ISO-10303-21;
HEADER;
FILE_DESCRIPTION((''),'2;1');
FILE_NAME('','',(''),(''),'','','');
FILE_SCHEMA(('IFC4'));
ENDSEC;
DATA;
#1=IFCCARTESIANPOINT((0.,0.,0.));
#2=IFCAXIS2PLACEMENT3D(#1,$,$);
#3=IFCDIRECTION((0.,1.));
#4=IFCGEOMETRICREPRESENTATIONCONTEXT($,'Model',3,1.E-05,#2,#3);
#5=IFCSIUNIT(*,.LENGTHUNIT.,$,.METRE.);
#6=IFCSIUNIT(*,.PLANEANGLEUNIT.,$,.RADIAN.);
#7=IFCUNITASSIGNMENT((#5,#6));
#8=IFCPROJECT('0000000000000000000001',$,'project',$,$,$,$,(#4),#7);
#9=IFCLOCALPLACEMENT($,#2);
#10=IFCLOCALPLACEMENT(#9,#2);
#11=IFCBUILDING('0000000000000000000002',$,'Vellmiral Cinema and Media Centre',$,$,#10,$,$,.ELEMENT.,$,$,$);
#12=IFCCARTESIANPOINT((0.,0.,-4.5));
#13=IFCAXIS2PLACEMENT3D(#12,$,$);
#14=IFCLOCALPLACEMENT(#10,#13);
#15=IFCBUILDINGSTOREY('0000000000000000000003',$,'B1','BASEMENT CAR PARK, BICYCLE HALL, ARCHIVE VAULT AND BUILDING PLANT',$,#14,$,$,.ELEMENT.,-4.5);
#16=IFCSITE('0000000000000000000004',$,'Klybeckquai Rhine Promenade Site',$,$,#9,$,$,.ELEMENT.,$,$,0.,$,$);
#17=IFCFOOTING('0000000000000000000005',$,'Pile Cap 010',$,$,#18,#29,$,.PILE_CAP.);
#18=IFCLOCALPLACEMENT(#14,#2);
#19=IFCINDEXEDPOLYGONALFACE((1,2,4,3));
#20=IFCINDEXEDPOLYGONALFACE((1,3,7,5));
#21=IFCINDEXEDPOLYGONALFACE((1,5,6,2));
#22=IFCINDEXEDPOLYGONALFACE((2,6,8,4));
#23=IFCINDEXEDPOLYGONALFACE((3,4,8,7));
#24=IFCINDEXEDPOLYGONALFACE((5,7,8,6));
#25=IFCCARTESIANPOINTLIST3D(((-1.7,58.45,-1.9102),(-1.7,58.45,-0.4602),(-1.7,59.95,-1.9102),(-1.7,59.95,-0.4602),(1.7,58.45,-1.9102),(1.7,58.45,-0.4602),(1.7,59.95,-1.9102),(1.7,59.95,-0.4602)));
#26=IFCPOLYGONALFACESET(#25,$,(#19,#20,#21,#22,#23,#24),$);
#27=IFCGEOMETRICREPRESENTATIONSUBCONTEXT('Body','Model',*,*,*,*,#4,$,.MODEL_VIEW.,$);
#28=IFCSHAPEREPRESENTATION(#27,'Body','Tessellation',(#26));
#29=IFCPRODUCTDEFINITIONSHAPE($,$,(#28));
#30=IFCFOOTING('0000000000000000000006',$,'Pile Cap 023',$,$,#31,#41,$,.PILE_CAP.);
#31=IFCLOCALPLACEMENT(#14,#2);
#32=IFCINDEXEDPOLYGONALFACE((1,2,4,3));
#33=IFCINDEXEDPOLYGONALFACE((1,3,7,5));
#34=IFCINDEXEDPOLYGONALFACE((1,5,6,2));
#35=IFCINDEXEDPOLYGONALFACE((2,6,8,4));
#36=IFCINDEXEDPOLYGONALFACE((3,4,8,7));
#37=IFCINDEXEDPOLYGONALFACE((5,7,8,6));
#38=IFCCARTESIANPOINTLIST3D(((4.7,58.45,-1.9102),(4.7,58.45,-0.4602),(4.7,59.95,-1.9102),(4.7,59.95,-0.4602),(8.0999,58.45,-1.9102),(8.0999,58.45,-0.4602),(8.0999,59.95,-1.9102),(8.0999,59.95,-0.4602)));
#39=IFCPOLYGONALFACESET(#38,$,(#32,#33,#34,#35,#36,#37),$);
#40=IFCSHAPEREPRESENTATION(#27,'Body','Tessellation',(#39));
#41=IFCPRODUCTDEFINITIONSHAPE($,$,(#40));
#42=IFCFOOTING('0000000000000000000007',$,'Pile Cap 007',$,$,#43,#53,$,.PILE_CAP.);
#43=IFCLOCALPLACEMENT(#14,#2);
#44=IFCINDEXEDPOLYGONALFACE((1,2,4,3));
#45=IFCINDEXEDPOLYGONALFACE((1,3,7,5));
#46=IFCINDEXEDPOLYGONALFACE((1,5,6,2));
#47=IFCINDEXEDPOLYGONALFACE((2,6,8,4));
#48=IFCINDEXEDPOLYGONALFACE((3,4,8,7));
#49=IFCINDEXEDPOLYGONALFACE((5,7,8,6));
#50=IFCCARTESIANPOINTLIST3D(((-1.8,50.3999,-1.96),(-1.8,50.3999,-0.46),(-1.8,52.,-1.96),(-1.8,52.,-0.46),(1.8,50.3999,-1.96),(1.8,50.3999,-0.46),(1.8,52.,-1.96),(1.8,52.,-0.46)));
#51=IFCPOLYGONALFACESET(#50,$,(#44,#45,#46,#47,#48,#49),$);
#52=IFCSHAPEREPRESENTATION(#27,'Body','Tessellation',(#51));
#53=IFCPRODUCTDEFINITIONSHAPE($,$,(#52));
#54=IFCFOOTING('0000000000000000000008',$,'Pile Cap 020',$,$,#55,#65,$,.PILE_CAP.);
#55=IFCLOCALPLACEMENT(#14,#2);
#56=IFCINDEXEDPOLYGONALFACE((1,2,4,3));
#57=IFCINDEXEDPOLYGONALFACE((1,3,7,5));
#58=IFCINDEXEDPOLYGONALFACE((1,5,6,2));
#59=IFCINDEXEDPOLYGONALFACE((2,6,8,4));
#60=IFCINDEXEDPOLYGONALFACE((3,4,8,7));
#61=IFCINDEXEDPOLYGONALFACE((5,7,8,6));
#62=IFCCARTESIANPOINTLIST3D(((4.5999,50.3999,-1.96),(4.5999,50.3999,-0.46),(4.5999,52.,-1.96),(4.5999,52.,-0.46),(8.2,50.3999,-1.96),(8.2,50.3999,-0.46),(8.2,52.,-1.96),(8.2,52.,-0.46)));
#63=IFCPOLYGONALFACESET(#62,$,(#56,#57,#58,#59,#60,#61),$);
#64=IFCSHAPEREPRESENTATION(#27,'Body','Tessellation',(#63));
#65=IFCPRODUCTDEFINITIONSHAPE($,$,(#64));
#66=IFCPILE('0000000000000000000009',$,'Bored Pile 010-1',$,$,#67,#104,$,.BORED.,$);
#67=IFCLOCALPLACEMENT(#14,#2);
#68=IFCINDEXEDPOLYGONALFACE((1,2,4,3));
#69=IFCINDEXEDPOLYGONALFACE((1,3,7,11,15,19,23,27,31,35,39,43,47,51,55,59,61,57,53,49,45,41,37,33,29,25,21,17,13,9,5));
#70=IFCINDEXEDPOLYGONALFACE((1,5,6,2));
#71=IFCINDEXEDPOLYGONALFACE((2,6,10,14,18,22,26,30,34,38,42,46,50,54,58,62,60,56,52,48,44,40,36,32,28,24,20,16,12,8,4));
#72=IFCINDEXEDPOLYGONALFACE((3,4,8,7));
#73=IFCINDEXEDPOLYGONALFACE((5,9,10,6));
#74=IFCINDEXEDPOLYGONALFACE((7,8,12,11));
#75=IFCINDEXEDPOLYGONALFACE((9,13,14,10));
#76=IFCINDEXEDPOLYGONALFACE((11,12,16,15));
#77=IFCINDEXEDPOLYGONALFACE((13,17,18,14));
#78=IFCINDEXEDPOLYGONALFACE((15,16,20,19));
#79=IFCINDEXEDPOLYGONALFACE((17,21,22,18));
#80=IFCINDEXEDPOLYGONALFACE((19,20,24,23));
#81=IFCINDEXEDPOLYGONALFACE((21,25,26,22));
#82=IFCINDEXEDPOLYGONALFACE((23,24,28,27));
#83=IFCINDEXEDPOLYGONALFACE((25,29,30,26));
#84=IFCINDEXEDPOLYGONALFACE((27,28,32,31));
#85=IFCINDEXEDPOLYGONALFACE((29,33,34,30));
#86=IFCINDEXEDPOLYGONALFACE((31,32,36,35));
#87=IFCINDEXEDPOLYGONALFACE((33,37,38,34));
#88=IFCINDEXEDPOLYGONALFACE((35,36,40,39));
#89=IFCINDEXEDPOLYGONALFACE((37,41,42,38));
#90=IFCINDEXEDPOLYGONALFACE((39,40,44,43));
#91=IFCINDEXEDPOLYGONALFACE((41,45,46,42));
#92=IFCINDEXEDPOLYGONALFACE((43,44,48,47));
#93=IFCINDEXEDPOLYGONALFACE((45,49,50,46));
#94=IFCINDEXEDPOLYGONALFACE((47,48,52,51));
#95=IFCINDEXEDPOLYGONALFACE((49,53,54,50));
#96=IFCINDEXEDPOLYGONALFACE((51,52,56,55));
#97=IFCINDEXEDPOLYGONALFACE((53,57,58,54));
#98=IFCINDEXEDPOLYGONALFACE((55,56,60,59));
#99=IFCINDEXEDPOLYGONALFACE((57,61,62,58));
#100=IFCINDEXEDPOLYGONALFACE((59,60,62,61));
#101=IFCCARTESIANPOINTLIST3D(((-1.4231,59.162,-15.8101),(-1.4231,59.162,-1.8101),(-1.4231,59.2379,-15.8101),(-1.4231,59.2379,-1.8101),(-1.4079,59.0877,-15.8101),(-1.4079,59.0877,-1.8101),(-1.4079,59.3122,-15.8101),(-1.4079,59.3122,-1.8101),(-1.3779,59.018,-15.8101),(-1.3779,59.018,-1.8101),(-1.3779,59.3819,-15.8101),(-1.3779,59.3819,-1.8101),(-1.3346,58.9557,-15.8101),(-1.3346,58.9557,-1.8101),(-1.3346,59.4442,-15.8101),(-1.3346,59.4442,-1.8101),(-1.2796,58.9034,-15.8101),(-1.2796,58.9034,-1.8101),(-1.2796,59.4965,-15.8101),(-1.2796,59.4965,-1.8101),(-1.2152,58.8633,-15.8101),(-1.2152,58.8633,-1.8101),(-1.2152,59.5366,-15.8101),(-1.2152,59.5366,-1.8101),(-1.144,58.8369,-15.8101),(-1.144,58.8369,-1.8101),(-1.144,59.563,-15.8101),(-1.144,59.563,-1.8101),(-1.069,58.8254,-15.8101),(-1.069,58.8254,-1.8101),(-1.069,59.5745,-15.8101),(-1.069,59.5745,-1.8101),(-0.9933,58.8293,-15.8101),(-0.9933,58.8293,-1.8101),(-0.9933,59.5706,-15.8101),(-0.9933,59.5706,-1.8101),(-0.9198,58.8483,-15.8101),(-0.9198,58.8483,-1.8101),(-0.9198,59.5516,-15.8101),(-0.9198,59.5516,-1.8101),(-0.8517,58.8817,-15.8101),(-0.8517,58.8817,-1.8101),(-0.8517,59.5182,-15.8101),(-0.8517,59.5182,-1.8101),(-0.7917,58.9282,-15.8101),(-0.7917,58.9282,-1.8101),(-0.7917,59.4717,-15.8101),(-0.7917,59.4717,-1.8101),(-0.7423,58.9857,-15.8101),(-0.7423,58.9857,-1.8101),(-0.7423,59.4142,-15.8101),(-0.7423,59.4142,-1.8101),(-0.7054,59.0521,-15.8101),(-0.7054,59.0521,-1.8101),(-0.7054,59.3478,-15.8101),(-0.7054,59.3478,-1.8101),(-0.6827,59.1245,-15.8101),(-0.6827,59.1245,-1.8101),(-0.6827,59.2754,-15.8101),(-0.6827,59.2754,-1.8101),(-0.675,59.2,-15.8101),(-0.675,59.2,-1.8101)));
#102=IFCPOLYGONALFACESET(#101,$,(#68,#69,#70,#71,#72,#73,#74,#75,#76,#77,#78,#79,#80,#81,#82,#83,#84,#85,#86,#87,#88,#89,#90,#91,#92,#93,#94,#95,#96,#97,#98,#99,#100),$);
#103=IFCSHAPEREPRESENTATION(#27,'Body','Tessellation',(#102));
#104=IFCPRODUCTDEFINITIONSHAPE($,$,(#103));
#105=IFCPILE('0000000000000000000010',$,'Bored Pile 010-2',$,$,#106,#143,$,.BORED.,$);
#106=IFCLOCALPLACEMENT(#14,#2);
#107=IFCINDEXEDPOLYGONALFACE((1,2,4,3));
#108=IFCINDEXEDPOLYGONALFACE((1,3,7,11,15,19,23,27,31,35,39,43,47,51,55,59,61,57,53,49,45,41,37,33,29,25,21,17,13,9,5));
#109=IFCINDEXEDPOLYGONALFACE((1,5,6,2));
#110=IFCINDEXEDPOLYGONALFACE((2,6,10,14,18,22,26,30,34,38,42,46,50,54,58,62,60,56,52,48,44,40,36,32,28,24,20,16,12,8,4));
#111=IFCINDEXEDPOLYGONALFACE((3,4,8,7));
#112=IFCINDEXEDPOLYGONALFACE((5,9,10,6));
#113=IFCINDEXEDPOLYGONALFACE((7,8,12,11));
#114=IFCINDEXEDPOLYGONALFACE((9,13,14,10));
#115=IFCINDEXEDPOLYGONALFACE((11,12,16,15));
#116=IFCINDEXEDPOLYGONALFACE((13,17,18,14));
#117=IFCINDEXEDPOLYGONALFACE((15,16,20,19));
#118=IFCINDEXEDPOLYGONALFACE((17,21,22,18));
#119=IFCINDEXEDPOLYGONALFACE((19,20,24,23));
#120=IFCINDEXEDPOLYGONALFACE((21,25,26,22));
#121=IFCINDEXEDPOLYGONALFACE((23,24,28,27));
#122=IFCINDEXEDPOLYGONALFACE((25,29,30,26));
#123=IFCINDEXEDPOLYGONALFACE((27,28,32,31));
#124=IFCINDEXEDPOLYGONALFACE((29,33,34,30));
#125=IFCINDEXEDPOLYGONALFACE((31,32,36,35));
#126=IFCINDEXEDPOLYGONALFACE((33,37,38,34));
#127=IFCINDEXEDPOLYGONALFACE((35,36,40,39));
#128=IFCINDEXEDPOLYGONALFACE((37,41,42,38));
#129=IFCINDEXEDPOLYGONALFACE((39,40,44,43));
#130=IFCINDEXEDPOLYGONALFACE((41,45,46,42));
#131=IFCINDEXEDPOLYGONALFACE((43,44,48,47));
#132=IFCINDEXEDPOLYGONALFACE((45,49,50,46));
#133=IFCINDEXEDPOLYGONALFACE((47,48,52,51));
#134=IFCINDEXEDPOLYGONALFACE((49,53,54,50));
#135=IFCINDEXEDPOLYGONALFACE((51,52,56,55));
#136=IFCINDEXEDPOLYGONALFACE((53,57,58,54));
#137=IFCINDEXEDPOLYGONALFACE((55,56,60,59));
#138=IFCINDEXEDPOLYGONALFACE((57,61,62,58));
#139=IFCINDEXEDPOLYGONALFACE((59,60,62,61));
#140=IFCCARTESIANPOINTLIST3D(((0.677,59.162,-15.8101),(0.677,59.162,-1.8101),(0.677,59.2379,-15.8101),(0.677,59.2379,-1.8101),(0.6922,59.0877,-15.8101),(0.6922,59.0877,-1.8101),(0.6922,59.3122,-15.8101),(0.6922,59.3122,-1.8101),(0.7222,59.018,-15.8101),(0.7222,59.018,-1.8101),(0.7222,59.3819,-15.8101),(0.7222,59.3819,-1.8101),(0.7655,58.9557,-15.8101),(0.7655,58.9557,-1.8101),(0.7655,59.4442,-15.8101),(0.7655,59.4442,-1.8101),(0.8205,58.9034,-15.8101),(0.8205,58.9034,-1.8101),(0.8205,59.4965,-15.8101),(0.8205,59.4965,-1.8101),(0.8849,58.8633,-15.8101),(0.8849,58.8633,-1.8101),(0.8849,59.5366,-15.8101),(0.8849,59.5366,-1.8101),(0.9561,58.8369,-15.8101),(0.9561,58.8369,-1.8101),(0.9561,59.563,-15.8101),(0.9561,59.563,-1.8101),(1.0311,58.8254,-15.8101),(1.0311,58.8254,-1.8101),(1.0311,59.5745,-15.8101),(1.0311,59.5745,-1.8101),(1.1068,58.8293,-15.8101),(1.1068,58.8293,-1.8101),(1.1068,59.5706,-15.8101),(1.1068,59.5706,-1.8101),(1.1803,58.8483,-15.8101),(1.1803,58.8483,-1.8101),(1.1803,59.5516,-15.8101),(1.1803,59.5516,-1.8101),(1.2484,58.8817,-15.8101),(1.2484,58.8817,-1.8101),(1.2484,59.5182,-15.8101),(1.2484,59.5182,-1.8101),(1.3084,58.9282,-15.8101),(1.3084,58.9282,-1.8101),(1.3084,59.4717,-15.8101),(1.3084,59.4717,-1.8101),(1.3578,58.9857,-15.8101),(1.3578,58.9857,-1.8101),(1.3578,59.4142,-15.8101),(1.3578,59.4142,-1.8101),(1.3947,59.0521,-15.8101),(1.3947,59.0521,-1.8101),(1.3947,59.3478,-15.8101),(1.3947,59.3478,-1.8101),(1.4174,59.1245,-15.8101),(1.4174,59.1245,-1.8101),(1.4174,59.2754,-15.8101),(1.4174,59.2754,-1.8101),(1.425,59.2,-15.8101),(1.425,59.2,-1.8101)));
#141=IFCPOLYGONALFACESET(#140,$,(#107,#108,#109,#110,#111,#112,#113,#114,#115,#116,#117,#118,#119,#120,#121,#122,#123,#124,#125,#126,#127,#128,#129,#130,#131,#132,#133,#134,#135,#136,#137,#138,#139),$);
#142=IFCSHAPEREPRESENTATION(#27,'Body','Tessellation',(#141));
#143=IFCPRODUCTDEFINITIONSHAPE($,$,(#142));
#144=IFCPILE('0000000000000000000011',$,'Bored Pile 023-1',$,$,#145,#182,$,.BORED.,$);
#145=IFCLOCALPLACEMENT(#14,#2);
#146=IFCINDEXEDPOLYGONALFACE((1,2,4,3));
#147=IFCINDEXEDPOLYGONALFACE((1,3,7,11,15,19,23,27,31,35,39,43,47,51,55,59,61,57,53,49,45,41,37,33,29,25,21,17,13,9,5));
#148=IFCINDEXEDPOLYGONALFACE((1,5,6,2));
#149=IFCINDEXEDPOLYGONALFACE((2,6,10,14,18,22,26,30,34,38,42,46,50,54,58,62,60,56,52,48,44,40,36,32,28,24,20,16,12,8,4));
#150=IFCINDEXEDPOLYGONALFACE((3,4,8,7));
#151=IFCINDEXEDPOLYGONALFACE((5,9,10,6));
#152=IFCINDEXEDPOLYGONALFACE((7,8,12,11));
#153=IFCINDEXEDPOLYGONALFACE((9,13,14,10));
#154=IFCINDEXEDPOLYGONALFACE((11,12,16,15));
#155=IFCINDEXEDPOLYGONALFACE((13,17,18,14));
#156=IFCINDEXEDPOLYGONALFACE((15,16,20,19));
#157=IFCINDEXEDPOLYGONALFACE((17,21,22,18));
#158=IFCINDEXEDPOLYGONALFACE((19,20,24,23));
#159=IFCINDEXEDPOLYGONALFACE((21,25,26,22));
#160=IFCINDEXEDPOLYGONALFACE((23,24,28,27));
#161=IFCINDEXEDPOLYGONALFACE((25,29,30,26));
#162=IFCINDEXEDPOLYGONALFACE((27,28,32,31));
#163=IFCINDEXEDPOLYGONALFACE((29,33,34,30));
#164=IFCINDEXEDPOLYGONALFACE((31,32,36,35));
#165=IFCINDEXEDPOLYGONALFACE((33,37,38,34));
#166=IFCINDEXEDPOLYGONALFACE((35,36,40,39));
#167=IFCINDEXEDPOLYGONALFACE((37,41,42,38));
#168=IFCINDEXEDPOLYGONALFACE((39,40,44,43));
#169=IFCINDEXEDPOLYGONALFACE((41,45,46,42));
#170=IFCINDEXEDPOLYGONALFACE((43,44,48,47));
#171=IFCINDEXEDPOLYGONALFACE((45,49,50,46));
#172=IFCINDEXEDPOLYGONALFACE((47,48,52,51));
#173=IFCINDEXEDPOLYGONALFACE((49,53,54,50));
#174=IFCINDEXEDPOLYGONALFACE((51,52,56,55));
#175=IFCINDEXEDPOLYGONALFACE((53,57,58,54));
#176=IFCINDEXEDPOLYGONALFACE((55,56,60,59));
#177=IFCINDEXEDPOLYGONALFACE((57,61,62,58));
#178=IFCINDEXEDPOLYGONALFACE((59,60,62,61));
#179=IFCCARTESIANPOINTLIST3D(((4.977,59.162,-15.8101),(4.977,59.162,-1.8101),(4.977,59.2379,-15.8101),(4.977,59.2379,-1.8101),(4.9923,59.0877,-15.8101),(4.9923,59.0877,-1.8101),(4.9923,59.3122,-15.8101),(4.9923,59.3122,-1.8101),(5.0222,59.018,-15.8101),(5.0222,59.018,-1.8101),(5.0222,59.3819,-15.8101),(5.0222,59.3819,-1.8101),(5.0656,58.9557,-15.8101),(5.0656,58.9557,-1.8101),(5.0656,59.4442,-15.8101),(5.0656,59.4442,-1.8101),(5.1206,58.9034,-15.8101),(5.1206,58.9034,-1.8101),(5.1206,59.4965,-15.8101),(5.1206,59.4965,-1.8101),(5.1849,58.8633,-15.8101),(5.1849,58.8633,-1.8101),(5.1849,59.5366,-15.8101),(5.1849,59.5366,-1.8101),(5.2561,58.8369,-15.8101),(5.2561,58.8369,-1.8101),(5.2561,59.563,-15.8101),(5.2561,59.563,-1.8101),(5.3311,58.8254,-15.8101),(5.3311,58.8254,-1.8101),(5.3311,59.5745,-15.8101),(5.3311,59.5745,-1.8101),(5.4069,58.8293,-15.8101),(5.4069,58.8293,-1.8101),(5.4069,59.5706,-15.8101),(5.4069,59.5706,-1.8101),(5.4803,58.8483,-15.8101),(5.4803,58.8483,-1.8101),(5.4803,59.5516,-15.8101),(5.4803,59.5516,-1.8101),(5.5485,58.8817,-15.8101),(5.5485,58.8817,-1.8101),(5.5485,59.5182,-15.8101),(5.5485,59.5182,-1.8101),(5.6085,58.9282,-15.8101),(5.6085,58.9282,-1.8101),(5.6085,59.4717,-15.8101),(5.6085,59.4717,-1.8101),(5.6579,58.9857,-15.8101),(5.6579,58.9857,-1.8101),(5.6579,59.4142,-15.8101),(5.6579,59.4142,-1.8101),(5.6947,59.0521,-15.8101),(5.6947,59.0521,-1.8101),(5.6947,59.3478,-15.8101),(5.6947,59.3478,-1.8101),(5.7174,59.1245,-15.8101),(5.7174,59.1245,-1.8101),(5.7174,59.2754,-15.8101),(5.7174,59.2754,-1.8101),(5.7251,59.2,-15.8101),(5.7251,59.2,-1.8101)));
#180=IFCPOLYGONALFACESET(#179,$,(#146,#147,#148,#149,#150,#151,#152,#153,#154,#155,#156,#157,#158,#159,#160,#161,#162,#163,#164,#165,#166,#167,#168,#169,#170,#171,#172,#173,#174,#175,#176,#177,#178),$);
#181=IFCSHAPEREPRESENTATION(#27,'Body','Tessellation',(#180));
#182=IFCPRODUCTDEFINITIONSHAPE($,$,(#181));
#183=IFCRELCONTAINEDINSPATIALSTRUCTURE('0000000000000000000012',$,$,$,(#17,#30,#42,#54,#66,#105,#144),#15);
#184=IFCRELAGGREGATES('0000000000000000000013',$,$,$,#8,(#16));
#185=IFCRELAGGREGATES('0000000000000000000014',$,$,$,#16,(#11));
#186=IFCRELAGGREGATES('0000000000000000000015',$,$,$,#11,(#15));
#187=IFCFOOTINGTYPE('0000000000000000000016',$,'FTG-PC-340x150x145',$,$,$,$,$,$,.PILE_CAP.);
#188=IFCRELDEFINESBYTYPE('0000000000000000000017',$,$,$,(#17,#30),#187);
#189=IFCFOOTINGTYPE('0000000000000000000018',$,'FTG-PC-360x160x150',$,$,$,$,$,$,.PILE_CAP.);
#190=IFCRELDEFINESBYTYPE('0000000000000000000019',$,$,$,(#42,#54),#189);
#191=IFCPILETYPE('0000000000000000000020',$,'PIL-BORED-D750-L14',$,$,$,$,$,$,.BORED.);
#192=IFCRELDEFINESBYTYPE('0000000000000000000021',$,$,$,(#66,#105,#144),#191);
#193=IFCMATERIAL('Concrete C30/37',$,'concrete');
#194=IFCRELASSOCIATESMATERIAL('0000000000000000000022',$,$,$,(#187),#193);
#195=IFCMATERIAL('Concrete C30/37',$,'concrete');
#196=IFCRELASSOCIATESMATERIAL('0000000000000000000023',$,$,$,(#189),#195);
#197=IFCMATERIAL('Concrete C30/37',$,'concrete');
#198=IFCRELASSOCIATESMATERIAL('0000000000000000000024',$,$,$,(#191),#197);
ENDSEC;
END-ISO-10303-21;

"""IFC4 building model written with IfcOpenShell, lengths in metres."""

from ifc_helpers import new_model, si_unit, direction, frame, origin, origin_2d, place, context, subcontext, project, spatial, rectangle, circle, extrude, material, material_profile, profile_set, type_object, element, save


model = new_model("IFC4")

# Units and contexts
model_context = context("Model", 3, precision=1e-05, world=origin(), true_north=direction((0.0, 1.0)))
body_context = subcontext(model_context, "Body", "Model", "MODEL_VIEW")
ifc_project = project(units=[si_unit("LENGTHUNIT", "METRE"), si_unit("PLANEANGLEUNIT", "RADIAN")], contexts=[model_context])

# Site, building, storey
site_placement = place(None, origin())
site = spatial("IfcSite", under=ifc_project, at=site_placement, Name="Klybeckquai Rhine Promenade Site", CompositionType="ELEMENT", RefElevation=0.0)
building_placement = place(site_placement, origin())
building = spatial("IfcBuilding", under=site, at=building_placement, Name="Vellmiral Cinema and Media Centre", CompositionType="ELEMENT")
storey_placement = place(building_placement, frame((0.0, 0.0, -4.5)))
storey = spatial("IfcBuildingStorey", under=building, at=storey_placement, Name="B1", Description="BASEMENT CAR PARK, BICYCLE HALL, ARCHIVE VAULT AND BUILDING PLANT", CompositionType="ELEMENT", Elevation=-4.5)

# Footings
ifc_material_1 = material(Name="Concrete C30/37", Category="concrete")
footing_type_1 = type_object("IfcFootingType", Name="FTG-PC-340x150x145", PredefinedType="PILE_CAP", material=ifc_material_1)
for number, where, z_axis, x_axis, name in (
    (1, (0.0, 59.2, -1.9102), (0.0, 0.0, 1.0), (1.0, 0.0, 0.0), "Pile Cap 010"),
    (2, (6.3999, 59.2, -1.9102), (0.0, 0.0, 1.0), (1.0, 0.0, 0.0), "Pile Cap 023"),
):
    element("IfcFooting", number, at=place(storey_placement, frame(where, z_axis=z_axis, x_axis=x_axis)), inside=storey, type_object=footing_type_1, Name=name, PredefinedType="PILE_CAP", context=body_context, shape_type="SweptSolid", body=[
        extrude(rectangle(XDim=3.3999, YDim=1.5, at=origin_2d()), origin(), (0.0, 0.0, 1.0), 1.45),
    ])
ifc_material_2 = material(Name="Concrete C30/37", Category="concrete")
footing_type_2 = type_object("IfcFootingType", Name="FTG-PC-360x160x150", PredefinedType="PILE_CAP", material=ifc_material_2)
for number, where, z_axis, x_axis, name in (
    (3, (0.0, 51.2, -1.96), (0.0, 0.0, 1.0), (1.0, 0.0, 0.0), "Pile Cap 007"),
    (4, (6.3999, 51.2, -1.96), (0.0, 0.0, 1.0), (1.0, 0.0, 0.0), "Pile Cap 020"),
):
    element("IfcFooting", number, at=place(storey_placement, frame(where, z_axis=z_axis, x_axis=x_axis)), inside=storey, type_object=footing_type_2, Name=name, PredefinedType="PILE_CAP", context=body_context, shape_type="SweptSolid", body=[
        extrude(rectangle(XDim=3.6001, YDim=1.6001, at=origin_2d()), origin(), (0.0, 0.0, 1.0), 1.5),
    ])

# Piles
ifc_material_3 = material(Name="Concrete C30/37", Category="concrete")
ifc_material_profile_1 = material_profile(ifc_material_3, circle(Radius=0.375, at=origin_2d()), Name="PILE D750")
ifc_profile_set_1 = profile_set([ifc_material_profile_1], Name="Concrete C30/37")
pile_type_1 = type_object("IfcPileType", Name="PIL-BORED-D750-L14", PredefinedType="BORED", material=ifc_profile_set_1)
for number, where, z_axis, x_axis, name in (
    (5, (-1.05, 59.2, -1.8101), (0.0, 0.0, -1.0), (1.0, 0.0, 0.0), "Bored Pile 010-1"),
    (6, (1.05, 59.2, -1.8101), (0.0, 0.0, -1.0), (1.0, 0.0, 0.0), "Bored Pile 010-2"),
    (7, (5.3501, 59.2, -1.8101), (0.0, 0.0, -1.0), (1.0, 0.0, 0.0), "Bored Pile 023-1"),
):
    element("IfcPile", number, at=place(storey_placement, frame(where, z_axis=z_axis, x_axis=x_axis)), inside=storey, type_object=pile_type_1, Name=name, PredefinedType="BORED", context=body_context, shape_type="SweptSolid", body=[
        extrude(circle(Radius=0.375, at=origin_2d()), origin(), (0.0, 0.0, 1.0), 14.0),
    ])

save(model, "model.ifc")
